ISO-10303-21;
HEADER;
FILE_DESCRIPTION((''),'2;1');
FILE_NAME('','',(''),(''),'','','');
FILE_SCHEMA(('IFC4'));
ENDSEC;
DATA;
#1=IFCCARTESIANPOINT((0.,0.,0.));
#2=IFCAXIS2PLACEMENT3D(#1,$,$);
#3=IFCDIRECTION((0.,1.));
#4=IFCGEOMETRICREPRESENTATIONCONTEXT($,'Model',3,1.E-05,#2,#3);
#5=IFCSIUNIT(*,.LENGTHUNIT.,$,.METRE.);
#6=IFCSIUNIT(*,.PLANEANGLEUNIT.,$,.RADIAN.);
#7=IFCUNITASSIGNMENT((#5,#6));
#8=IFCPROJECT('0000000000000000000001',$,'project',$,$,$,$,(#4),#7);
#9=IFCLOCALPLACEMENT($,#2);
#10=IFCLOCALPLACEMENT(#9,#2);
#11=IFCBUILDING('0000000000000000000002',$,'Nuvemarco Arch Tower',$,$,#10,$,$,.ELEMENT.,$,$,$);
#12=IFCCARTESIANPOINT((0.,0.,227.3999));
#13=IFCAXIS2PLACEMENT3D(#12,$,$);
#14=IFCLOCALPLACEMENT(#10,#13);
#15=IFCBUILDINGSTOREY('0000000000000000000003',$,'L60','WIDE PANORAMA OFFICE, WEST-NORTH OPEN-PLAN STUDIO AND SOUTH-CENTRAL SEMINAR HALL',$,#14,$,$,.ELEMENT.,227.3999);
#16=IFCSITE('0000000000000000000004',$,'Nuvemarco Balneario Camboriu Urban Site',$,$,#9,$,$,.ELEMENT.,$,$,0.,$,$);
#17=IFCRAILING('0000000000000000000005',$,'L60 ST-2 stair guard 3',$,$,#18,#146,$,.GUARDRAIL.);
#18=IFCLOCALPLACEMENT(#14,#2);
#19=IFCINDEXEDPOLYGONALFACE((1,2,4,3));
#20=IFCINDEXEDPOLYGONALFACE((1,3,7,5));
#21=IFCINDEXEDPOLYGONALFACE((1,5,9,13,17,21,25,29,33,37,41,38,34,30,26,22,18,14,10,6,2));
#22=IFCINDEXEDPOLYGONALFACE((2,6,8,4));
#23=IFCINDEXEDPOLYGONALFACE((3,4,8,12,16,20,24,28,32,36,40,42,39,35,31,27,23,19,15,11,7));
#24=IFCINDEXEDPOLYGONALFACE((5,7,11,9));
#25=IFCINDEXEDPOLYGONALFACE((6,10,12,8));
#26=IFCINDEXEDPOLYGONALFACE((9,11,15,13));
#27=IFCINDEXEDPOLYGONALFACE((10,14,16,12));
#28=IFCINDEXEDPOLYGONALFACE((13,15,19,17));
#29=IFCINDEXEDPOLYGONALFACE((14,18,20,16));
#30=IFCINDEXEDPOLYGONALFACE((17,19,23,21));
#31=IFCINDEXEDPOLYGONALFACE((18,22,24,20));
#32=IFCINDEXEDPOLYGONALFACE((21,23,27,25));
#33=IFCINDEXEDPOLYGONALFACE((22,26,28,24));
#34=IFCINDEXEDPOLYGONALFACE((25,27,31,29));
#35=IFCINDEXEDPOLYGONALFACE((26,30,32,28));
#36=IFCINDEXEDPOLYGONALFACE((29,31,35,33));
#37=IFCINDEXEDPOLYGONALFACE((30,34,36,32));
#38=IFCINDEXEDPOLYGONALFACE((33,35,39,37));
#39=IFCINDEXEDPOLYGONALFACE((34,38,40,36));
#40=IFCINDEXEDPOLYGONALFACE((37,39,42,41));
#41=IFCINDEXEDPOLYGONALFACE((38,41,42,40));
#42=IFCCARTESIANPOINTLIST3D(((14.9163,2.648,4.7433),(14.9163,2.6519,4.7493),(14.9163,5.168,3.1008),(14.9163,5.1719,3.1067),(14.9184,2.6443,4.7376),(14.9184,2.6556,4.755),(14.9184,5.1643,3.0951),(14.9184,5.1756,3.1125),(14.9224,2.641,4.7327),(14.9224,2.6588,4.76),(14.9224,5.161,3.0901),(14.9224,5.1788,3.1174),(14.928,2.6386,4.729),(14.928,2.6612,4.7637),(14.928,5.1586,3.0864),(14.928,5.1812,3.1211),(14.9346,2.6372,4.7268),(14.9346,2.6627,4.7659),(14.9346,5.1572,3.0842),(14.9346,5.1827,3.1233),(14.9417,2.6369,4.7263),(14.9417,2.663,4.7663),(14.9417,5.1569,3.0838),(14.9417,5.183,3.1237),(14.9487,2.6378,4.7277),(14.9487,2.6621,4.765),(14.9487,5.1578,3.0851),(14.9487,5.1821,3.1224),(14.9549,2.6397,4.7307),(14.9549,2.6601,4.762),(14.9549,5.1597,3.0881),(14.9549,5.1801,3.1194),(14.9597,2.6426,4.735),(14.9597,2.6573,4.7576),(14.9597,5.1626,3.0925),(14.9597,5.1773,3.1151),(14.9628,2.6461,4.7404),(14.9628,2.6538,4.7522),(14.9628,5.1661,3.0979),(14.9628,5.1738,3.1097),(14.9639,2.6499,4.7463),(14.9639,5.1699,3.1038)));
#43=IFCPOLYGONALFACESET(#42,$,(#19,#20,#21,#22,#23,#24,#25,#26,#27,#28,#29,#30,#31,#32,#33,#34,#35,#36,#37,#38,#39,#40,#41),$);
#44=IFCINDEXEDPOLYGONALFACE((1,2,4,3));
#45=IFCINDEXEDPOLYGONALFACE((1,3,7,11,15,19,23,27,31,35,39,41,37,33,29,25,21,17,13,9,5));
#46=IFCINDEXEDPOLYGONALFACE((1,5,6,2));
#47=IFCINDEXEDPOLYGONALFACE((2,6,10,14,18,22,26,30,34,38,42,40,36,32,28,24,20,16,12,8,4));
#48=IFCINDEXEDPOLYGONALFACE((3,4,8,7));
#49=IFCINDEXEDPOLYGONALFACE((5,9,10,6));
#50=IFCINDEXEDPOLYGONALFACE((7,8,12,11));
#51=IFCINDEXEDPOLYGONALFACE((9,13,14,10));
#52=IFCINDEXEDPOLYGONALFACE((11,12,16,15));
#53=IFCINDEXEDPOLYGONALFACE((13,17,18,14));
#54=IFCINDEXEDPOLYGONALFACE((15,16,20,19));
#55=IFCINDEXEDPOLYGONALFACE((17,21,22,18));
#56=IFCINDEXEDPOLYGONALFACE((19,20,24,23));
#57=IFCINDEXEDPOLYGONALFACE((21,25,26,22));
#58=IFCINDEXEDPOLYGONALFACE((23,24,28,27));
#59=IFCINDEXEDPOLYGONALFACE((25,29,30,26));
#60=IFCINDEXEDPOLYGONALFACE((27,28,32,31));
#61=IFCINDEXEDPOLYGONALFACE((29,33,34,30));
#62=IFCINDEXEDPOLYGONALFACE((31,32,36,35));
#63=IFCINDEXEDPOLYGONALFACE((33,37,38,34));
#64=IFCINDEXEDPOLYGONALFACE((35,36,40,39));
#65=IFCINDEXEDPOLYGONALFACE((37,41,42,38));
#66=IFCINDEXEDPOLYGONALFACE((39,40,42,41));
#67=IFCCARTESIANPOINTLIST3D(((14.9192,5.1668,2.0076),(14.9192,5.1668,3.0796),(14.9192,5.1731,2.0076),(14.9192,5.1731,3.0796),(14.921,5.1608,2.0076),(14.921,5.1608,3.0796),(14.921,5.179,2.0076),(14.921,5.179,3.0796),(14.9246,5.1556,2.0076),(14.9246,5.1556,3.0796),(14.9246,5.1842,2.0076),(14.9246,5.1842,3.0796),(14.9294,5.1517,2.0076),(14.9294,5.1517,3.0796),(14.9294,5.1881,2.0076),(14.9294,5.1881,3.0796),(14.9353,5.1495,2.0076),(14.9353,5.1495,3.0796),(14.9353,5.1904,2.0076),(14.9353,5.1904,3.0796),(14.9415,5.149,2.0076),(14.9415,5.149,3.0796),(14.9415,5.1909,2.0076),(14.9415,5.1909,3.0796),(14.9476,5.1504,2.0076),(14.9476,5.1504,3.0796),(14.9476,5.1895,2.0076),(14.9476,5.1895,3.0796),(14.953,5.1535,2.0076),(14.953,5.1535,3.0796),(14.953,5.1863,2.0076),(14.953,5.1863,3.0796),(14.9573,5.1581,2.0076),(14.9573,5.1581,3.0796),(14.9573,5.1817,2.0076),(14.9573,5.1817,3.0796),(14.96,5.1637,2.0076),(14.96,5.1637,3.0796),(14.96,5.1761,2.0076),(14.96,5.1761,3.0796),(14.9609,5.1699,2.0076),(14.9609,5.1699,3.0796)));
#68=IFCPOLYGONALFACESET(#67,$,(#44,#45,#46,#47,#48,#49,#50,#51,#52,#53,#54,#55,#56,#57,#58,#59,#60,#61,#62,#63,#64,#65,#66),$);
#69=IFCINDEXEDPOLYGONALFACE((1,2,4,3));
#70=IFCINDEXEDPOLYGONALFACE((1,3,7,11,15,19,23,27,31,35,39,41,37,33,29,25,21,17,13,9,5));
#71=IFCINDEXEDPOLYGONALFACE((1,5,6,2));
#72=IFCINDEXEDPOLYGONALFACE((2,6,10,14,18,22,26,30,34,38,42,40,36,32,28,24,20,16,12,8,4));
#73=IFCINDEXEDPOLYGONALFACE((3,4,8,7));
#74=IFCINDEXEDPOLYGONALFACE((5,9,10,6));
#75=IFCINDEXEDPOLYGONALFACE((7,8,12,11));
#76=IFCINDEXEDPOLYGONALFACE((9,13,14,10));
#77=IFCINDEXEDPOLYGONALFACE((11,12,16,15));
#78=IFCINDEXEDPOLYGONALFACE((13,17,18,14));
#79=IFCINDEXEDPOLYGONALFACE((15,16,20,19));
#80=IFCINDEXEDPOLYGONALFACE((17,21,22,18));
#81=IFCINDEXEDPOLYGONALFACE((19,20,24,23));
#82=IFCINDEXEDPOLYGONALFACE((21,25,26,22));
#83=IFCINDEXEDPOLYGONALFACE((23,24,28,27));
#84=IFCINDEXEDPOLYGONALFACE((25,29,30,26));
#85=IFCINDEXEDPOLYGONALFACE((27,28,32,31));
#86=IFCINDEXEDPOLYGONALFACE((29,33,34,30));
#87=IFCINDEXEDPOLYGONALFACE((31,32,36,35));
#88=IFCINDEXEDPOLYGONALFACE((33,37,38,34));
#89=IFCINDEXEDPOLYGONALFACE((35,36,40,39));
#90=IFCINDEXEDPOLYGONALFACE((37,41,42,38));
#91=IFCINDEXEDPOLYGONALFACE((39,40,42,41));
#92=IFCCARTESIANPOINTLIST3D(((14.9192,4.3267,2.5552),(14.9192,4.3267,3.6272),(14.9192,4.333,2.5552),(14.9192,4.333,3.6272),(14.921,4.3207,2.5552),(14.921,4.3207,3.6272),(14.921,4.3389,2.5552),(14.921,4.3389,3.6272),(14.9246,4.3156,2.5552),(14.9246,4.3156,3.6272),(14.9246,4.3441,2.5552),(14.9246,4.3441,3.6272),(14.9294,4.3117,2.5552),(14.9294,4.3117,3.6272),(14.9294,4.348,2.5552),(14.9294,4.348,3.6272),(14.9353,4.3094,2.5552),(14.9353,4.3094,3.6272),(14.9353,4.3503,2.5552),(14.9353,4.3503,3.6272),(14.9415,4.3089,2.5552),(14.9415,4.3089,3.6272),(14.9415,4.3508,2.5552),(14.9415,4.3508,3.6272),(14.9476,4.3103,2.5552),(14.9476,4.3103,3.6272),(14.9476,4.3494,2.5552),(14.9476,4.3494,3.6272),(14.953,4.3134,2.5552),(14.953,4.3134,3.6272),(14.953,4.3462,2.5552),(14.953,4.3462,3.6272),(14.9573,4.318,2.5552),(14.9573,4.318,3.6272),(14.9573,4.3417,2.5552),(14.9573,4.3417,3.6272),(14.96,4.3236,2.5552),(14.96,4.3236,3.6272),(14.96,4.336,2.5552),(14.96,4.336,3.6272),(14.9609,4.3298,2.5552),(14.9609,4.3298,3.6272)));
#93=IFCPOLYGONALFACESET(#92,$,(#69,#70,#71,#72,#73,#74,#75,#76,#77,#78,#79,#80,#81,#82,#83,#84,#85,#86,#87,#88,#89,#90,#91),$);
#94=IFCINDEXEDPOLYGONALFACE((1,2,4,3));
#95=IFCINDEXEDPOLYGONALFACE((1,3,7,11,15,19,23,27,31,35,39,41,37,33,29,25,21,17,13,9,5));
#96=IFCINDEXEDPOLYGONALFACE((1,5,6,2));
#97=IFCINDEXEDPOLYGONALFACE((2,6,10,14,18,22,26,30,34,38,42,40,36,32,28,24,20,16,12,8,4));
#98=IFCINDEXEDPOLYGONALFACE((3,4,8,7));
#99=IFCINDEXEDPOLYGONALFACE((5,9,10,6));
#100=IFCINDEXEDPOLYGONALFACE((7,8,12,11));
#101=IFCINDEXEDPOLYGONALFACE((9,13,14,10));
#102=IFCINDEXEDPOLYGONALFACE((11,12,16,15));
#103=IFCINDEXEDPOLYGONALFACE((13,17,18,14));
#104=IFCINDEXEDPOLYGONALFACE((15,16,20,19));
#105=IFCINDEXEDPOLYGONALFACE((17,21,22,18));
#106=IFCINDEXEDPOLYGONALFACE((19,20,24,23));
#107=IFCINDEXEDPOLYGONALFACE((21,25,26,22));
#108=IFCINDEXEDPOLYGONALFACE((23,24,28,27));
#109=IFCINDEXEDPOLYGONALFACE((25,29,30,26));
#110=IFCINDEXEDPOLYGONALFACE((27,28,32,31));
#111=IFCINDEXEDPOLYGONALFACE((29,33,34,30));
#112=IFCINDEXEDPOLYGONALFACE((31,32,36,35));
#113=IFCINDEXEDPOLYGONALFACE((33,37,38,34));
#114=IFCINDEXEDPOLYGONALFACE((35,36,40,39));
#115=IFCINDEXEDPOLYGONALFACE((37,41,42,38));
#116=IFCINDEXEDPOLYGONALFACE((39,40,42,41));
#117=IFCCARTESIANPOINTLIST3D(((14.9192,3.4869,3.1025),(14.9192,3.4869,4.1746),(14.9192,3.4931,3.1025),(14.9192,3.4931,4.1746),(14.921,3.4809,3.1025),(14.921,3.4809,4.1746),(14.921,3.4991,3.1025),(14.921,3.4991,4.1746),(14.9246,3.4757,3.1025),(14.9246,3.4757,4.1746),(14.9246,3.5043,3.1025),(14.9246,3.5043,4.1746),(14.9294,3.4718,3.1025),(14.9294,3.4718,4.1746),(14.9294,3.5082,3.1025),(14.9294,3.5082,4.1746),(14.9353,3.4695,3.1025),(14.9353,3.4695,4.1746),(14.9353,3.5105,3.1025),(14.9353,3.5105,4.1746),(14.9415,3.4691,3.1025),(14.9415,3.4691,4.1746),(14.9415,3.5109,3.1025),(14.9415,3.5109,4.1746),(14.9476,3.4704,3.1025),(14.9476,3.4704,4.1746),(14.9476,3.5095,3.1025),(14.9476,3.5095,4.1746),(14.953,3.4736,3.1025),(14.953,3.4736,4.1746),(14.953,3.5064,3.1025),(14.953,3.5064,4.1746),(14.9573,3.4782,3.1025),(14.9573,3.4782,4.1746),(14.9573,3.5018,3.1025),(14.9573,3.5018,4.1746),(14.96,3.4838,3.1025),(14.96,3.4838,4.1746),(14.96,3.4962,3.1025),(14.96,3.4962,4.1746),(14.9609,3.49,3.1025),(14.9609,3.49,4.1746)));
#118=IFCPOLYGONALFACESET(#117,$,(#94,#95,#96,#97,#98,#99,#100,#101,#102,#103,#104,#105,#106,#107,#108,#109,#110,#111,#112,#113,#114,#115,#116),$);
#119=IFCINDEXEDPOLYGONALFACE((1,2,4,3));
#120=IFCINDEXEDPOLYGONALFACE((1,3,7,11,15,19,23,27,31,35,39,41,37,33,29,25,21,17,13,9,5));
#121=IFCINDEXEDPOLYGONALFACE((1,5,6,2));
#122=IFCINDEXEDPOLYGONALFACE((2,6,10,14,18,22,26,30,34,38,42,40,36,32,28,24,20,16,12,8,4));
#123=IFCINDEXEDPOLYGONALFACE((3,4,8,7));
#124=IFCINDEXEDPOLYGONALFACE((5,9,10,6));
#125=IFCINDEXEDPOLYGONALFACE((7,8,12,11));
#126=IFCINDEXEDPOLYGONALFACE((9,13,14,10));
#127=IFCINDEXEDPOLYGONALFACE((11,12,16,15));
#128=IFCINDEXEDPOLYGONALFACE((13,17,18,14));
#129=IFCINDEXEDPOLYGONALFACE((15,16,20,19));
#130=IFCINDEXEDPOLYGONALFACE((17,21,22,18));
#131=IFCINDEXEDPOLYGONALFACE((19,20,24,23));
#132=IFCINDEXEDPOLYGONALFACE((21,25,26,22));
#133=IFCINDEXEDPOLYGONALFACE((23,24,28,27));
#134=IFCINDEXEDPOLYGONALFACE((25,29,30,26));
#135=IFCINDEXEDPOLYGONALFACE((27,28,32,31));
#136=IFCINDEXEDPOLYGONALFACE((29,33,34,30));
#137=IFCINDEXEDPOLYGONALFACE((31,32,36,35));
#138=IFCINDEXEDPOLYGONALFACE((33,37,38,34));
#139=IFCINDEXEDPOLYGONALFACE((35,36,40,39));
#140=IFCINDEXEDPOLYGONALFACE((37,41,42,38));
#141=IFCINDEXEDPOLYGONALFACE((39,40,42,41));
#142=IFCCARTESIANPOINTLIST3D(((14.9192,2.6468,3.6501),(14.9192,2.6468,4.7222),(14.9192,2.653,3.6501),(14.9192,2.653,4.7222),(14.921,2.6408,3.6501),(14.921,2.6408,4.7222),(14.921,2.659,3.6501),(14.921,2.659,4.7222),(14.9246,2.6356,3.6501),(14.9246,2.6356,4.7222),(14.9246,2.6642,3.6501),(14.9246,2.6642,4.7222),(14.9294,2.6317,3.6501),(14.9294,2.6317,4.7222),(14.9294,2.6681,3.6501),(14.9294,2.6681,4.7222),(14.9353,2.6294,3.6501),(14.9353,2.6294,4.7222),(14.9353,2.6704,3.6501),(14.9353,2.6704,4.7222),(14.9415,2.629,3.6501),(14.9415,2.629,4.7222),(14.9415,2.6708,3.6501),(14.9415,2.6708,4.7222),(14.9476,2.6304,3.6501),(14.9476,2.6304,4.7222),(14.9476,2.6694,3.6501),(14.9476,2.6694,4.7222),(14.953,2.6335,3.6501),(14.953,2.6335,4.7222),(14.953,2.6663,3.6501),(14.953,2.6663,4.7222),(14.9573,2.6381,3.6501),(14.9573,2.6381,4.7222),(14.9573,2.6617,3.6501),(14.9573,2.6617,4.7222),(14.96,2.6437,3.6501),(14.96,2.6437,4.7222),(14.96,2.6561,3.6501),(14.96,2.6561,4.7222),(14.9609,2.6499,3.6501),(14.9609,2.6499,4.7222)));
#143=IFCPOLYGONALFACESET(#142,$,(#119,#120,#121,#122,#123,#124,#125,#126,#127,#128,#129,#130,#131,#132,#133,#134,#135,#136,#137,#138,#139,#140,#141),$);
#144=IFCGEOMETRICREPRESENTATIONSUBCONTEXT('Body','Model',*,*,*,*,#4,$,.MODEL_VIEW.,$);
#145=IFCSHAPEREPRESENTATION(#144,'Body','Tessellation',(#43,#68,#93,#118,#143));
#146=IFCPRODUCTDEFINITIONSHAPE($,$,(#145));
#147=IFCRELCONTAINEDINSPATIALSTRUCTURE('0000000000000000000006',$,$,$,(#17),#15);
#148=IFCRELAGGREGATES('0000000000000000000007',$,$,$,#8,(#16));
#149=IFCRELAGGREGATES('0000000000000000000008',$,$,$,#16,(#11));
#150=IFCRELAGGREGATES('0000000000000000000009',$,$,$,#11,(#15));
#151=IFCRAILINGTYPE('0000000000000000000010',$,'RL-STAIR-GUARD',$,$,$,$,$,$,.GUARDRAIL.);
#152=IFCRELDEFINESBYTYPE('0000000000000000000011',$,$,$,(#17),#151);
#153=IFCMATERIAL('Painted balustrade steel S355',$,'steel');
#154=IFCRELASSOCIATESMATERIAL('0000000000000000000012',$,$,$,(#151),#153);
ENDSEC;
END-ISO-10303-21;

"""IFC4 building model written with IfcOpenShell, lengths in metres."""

from ifc_helpers import new_model, si_unit, direction, frame, origin, origin_2d, place, context, subcontext, project, spatial, circle, extrude, material, type_object, element, save


model = new_model("IFC4")

# Units and contexts
model_context = context("Model", 3, precision=1e-05, world=origin(), true_north=direction((0.0, 1.0)))
body_context = subcontext(model_context, "Body", "Model", "MODEL_VIEW")
ifc_project = project(units=[si_unit("LENGTHUNIT", "METRE"), si_unit("PLANEANGLEUNIT", "RADIAN")], contexts=[model_context])

# Site, building, storey
site_placement = place(None, origin())
site = spatial("IfcSite", under=ifc_project, at=site_placement, Name="Nuvemarco Balneario Camboriu Urban Site", CompositionType="ELEMENT", RefElevation=0.0)
building_placement = place(site_placement, origin())
building = spatial("IfcBuilding", under=site, at=building_placement, Name="Nuvemarco Arch Tower", CompositionType="ELEMENT")
storey_placement = place(building_placement, frame((0.0, 0.0, 227.3999)))
storey = spatial("IfcBuildingStorey", under=building, at=storey_placement, Name="L60", Description="WIDE PANORAMA OFFICE, WEST-NORTH OPEN-PLAN STUDIO AND SOUTH-CENTRAL SEMINAR HALL", CompositionType="ELEMENT", Elevation=227.3999)

# Railing
ifc_material_1 = material(Name="Painted balustrade steel S355", Category="steel")
railing_type_1 = type_object("IfcRailingType", Name="RL-STAIR-GUARD", PredefinedType="GUARDRAIL", material=ifc_material_1)
railing_1_placement = place(storey_placement, frame((14.9399, 5.1699, 2.0076)))
element("IfcRailing", 1, at=railing_1_placement, inside=storey, type_object=railing_type_1, Name="L60 ST-2 stair guard 3", PredefinedType="GUARDRAIL", context=body_context, shape_type="SweptSolid", body=[
    extrude(circle(Radius=0.0239, at=origin_2d()), frame((0.0, 0.0, 1.0962), z_axis=(0.0, -0.837749, 0.546055), x_axis=(1.0, 0.0, 0.0)), (0.0, 0.0, 1.0), 3.0081),
    extrude(circle(Radius=0.021, at=origin_2d()), origin(), (0.0, 0.0, 1.0), 1.072),
    extrude(circle(Radius=0.021, at=origin_2d()), frame((0.0, -0.8401, 0.5476)), (0.0, 0.0, 1.0), 1.072),
    extrude(circle(Radius=0.021, at=origin_2d()), frame((0.0, -1.6799, 1.095)), (0.0, 0.0, 1.0), 1.072),
    extrude(circle(Radius=0.021, at=origin_2d()), frame((0.0, -2.52, 1.6426)), (0.0, 0.0, 1.0), 1.072),
])

save(model, "model.ifc")
